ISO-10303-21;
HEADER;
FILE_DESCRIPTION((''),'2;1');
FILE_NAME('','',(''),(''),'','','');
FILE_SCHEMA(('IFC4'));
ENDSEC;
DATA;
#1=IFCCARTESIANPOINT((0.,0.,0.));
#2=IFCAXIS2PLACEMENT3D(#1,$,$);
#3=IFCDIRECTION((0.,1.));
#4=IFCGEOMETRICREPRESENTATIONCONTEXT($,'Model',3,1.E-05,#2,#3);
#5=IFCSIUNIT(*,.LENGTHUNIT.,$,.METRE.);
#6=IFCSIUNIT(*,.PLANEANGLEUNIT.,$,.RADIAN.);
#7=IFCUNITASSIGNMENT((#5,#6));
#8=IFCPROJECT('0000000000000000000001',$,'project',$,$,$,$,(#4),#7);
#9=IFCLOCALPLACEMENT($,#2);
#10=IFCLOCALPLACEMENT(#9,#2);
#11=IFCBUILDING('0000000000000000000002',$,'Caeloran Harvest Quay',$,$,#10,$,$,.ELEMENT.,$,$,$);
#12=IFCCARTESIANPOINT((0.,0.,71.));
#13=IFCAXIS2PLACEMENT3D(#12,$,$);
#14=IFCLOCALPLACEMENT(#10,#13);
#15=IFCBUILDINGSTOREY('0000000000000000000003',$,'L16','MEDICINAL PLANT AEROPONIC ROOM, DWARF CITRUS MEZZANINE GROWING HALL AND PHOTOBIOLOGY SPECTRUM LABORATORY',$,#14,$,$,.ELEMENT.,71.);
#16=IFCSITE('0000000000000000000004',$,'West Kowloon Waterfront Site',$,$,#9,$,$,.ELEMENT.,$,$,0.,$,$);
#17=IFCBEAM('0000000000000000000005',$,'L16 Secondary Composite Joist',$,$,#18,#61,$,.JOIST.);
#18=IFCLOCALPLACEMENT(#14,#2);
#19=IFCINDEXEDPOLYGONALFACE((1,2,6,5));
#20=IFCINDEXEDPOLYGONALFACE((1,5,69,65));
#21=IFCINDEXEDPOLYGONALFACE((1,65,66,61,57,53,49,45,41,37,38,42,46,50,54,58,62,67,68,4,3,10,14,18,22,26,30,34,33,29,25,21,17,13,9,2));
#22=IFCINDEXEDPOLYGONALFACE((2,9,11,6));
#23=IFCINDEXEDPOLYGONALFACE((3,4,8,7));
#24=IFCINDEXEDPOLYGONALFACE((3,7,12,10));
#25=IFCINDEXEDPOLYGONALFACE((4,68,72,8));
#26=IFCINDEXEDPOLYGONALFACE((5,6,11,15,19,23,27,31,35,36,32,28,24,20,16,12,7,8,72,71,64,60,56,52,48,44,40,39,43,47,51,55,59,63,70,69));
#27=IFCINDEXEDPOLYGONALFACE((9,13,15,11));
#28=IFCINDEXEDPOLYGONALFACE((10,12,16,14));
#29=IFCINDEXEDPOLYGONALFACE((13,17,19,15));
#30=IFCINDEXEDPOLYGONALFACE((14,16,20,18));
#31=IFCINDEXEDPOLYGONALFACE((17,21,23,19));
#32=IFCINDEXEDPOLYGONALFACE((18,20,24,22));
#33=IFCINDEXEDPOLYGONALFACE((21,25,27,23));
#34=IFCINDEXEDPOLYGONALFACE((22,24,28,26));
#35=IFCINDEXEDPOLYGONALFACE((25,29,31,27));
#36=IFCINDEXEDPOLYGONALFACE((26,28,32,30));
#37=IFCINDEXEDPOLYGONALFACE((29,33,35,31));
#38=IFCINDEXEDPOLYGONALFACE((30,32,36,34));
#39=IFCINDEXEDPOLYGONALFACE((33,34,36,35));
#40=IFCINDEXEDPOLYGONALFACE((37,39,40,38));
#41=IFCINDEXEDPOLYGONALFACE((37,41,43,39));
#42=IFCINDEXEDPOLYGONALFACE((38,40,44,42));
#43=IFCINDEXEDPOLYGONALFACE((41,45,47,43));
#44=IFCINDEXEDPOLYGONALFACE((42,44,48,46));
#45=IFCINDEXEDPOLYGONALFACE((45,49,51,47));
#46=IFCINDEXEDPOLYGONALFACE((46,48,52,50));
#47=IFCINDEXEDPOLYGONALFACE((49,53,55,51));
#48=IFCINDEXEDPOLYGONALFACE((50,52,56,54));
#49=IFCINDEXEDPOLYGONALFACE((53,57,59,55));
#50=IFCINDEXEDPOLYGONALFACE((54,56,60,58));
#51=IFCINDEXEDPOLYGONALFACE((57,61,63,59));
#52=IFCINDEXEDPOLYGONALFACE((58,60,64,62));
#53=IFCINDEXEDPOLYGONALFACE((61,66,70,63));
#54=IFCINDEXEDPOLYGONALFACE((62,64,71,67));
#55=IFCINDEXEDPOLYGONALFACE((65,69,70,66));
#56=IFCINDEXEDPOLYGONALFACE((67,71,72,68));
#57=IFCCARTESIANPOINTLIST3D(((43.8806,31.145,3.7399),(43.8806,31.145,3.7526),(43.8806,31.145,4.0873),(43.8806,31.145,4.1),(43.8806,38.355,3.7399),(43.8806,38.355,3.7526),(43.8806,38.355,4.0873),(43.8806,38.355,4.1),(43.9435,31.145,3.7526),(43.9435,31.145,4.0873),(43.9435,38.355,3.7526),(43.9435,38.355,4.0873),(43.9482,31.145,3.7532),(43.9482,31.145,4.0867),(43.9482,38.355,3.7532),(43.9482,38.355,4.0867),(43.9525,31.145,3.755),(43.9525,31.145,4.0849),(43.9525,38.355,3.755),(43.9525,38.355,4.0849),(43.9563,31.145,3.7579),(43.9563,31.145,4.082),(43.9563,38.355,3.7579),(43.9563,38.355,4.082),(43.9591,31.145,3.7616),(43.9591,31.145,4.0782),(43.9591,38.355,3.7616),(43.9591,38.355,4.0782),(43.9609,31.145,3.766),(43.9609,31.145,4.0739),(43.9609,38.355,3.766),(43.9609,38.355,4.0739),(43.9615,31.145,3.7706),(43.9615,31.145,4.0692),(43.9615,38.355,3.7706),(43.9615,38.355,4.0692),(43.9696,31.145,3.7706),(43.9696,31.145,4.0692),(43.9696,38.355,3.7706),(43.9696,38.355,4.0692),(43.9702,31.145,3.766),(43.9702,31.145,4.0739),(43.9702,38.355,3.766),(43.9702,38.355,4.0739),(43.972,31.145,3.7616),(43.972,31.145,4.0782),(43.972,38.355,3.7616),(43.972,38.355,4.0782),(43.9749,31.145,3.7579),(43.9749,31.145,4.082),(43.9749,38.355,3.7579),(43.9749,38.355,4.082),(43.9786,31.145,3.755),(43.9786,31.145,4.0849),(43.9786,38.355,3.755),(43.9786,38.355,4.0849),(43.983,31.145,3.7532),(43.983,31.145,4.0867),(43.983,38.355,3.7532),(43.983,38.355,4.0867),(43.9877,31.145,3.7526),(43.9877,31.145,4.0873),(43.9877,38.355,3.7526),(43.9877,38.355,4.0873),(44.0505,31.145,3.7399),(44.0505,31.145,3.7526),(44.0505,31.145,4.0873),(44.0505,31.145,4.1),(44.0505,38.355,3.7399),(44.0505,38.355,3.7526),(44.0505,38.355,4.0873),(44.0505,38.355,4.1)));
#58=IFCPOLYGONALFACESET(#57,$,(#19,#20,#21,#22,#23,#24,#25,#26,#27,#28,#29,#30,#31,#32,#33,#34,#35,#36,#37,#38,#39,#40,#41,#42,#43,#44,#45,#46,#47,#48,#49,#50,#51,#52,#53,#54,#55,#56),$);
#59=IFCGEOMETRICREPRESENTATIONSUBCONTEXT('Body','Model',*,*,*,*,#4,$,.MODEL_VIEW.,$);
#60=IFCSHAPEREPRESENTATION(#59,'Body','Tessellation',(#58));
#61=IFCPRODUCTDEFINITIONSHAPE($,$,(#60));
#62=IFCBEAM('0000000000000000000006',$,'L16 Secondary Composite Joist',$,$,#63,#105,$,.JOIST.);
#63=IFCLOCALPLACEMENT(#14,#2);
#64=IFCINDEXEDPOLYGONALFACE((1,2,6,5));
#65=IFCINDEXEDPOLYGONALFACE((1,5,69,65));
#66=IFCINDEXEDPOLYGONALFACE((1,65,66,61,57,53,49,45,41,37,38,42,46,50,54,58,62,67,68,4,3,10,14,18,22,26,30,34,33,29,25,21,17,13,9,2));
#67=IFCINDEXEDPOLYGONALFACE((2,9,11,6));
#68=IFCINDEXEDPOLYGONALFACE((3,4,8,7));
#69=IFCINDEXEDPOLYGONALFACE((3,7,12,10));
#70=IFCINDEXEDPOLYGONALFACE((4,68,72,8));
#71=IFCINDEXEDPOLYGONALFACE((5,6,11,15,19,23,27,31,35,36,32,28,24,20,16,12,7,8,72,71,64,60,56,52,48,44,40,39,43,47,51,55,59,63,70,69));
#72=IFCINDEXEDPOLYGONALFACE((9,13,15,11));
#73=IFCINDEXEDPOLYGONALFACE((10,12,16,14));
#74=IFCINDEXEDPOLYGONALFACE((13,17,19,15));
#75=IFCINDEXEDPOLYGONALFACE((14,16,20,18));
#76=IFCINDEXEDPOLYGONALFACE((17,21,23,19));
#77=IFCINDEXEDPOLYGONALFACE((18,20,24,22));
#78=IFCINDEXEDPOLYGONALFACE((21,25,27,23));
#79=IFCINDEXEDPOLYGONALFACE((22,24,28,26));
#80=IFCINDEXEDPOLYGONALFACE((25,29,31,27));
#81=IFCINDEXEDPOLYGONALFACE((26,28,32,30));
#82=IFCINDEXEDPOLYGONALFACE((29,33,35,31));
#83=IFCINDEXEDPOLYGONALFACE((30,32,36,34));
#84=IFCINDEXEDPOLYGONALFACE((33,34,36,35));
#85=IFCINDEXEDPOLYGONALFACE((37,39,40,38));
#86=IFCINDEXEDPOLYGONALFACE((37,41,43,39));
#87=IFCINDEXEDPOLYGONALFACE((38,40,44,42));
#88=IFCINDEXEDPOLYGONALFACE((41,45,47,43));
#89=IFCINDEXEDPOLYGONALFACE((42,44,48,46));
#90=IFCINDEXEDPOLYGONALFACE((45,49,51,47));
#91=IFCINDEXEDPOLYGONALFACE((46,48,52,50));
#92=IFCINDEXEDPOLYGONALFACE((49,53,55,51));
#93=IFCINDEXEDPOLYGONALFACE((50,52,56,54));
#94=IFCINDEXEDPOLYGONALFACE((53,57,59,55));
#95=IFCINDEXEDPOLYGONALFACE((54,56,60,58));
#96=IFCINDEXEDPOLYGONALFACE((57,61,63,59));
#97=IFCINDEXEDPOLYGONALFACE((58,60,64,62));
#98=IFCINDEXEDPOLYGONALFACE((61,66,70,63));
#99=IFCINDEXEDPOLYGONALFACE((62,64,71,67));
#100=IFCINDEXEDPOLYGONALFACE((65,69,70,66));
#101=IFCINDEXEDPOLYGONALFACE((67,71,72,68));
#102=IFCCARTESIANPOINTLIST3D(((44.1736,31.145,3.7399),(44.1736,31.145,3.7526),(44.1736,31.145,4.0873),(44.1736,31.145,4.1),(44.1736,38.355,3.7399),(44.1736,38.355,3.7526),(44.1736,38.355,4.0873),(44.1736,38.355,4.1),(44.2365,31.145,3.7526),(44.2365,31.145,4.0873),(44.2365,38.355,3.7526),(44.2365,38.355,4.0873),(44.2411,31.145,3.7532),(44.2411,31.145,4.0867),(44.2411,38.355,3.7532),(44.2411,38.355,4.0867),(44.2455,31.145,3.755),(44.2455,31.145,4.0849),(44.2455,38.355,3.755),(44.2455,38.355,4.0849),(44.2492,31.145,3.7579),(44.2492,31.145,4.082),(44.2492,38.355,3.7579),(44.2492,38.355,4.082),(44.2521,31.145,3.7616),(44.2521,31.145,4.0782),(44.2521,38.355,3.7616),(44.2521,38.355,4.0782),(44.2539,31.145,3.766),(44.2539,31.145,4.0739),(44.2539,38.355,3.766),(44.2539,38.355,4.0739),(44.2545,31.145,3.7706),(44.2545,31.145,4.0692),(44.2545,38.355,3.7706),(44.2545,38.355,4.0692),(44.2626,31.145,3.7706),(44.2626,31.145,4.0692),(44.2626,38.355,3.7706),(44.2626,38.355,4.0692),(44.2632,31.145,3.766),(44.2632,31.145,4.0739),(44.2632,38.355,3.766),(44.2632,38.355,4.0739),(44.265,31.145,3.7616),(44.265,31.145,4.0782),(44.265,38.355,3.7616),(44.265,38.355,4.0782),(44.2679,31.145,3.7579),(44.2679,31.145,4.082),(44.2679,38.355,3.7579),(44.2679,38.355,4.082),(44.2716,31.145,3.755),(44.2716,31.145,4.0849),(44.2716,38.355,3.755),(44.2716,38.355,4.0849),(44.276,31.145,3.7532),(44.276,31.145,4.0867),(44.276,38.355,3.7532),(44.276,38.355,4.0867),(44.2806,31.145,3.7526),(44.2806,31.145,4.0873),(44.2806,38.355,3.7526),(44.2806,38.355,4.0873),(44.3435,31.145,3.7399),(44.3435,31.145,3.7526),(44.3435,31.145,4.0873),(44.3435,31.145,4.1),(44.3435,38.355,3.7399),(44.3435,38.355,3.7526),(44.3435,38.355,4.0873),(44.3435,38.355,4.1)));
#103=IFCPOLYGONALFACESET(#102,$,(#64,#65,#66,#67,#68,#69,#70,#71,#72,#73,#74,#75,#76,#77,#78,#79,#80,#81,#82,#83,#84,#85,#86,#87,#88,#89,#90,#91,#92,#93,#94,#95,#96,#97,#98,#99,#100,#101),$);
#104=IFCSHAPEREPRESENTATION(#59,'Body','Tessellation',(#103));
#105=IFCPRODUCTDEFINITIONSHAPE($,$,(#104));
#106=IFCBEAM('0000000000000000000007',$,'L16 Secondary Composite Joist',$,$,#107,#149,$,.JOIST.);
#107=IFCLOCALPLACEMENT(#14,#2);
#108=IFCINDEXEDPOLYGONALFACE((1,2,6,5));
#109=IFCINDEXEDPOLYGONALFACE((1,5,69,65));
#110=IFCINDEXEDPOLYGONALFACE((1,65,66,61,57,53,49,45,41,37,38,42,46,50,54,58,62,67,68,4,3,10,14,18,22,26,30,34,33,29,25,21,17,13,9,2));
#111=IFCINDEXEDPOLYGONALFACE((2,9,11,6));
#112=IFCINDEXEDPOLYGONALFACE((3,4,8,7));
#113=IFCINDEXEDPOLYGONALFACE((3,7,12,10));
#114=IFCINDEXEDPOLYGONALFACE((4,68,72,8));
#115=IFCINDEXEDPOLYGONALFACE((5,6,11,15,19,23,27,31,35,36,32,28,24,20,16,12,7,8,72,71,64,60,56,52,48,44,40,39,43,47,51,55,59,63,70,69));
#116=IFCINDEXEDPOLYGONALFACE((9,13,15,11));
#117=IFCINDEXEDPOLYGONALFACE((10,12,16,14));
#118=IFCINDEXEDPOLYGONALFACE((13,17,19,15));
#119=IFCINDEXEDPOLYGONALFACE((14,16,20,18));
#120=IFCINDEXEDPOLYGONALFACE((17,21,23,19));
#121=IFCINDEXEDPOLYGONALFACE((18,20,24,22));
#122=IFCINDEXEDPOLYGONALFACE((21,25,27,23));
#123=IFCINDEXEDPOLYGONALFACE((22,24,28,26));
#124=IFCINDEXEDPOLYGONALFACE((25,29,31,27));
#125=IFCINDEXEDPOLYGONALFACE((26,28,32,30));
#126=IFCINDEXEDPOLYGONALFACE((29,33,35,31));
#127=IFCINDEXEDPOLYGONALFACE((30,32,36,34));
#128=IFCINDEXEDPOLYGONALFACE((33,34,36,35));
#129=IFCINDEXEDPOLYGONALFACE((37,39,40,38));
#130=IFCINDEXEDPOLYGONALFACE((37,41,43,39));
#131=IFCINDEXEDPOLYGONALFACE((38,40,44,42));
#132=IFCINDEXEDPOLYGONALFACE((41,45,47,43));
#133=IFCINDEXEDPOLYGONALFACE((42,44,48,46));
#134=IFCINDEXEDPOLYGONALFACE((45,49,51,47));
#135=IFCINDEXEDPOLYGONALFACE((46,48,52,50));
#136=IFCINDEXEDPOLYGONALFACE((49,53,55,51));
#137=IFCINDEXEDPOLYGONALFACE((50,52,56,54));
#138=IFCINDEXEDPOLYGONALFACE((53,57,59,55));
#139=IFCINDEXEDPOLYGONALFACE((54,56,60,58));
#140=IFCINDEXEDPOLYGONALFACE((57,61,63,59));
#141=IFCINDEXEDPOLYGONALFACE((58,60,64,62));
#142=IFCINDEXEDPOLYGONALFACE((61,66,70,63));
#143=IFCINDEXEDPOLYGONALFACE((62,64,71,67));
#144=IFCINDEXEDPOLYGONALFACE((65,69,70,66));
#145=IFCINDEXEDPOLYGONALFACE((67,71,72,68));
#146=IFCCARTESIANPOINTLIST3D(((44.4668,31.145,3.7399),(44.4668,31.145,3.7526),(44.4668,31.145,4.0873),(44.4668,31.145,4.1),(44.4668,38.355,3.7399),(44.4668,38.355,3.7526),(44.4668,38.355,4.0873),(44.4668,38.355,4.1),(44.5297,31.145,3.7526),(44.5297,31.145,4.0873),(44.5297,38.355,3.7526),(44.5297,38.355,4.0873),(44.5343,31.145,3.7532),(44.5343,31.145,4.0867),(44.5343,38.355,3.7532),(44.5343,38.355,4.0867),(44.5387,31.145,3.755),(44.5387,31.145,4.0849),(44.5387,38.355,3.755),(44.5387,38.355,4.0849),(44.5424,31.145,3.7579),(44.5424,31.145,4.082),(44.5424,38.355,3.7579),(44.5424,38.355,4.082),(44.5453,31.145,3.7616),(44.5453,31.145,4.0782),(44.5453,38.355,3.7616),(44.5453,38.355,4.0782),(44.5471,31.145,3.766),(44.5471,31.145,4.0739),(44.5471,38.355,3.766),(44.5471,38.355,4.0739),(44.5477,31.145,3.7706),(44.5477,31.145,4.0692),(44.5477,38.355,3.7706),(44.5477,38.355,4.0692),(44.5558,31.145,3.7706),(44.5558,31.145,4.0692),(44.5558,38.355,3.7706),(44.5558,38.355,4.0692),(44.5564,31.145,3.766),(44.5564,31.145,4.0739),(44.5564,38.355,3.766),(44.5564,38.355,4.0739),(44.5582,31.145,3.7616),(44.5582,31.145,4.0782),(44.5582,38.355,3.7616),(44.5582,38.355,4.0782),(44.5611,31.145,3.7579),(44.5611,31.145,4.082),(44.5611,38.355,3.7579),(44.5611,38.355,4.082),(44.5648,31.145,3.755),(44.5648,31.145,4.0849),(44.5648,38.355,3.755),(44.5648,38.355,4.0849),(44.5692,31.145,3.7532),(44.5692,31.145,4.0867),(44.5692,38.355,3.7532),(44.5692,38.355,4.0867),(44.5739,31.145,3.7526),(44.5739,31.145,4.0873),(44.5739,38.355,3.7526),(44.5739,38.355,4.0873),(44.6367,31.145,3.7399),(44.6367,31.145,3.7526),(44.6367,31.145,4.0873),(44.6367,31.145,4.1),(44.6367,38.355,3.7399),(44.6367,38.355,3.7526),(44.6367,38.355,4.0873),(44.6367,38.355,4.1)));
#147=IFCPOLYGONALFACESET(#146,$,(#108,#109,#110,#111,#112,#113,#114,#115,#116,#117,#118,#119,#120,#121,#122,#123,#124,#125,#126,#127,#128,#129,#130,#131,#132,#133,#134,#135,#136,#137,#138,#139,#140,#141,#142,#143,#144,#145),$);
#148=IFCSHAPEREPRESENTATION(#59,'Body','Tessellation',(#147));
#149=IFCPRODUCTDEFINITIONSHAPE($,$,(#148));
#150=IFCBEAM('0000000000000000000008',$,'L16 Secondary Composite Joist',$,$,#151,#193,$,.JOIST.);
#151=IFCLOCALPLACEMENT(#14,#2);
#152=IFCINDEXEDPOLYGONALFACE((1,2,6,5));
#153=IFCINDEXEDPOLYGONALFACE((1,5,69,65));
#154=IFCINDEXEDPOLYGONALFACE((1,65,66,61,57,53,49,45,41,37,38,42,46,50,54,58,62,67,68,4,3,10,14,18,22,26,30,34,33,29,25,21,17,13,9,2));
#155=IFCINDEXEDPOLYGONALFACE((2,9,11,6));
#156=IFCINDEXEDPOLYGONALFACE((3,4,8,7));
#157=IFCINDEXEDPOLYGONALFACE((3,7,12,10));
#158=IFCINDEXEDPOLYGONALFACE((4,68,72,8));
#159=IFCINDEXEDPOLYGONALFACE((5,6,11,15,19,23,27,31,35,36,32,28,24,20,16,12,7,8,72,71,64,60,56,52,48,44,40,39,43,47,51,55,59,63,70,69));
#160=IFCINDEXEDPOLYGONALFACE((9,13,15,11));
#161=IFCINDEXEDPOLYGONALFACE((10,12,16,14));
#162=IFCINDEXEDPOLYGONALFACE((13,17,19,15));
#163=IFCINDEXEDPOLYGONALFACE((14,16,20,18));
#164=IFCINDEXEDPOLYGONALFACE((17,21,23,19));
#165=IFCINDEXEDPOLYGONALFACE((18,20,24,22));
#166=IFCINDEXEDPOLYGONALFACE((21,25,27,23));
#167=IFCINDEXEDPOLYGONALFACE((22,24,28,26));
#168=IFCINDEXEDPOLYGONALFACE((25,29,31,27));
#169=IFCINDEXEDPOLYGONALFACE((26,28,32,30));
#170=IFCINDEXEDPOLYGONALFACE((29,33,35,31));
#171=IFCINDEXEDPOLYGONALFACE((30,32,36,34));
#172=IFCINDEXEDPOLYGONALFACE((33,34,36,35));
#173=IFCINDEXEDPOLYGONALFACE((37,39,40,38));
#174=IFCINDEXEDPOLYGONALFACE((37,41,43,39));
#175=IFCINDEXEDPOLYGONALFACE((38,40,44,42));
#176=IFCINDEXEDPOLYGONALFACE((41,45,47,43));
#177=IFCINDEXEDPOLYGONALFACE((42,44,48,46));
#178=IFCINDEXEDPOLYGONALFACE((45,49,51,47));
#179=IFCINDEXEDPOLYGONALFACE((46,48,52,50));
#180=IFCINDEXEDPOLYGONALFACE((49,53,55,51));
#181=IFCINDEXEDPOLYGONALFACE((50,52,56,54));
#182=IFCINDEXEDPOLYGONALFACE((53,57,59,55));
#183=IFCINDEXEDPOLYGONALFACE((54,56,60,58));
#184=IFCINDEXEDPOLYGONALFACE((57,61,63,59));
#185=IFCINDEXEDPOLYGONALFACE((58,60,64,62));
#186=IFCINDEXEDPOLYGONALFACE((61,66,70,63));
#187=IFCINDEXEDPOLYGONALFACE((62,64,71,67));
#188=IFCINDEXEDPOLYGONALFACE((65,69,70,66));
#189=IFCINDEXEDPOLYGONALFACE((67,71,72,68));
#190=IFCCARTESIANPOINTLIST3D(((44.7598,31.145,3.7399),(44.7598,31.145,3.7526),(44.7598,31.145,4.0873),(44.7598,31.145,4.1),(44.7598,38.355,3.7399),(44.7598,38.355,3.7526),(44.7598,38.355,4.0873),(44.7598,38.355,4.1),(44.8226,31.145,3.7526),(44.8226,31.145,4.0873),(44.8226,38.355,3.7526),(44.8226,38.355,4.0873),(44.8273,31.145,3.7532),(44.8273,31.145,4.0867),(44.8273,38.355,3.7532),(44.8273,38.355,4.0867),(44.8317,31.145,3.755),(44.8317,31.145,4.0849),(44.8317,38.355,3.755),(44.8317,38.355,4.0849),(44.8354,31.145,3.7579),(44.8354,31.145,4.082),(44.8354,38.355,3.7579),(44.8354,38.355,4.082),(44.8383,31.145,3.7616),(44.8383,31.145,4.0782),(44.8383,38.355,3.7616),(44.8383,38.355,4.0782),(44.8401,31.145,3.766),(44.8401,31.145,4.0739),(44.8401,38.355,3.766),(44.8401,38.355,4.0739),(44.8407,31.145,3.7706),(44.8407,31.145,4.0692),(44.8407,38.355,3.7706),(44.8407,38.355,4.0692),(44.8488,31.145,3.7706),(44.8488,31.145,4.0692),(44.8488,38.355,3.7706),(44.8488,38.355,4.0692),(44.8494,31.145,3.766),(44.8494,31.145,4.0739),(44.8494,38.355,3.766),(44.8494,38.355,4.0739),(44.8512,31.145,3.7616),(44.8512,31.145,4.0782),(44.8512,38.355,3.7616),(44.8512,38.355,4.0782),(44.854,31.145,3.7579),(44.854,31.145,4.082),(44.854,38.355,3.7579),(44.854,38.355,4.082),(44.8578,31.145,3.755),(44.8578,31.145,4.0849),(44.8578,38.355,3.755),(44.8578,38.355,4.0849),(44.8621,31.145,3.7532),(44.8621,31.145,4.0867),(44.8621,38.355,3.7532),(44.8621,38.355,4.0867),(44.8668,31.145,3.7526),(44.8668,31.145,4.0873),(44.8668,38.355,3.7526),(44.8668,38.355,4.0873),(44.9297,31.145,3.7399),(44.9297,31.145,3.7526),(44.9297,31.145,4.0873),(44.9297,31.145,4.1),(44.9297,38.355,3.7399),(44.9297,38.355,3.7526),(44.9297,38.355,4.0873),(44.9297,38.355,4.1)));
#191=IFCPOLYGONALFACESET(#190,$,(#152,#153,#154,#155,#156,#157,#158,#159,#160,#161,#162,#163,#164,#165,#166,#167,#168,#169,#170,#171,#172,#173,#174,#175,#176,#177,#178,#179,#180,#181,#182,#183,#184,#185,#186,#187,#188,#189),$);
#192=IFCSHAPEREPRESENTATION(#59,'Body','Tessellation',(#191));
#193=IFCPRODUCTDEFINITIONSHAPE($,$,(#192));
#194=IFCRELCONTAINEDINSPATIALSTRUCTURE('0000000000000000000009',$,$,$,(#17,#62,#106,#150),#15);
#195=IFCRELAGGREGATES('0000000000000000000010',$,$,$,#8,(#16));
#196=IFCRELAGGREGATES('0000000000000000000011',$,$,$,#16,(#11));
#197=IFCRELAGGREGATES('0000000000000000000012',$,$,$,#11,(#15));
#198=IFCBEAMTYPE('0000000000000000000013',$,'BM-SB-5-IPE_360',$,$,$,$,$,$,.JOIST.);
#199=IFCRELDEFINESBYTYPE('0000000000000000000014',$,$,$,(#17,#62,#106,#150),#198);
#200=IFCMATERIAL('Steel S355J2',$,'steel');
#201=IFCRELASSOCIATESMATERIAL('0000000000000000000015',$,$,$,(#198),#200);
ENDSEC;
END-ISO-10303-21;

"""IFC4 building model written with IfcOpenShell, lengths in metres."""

from ifc_helpers import new_model, si_unit, direction, frame, origin, origin_2d, place, context, subcontext, project, spatial, i_section, extrude, material, material_profile, profile_set, type_object, element, save


model = new_model("IFC4")

# Units and contexts
model_context = context("Model", 3, precision=1e-05, world=origin(), true_north=direction((0.0, 1.0)))
body_context = subcontext(model_context, "Body", "Model", "MODEL_VIEW")
ifc_project = project(units=[si_unit("LENGTHUNIT", "METRE"), si_unit("PLANEANGLEUNIT", "RADIAN")], contexts=[model_context])

# Site, building, storey
site_placement = place(None, origin())
site = spatial("IfcSite", under=ifc_project, at=site_placement, Name="West Kowloon Waterfront Site", CompositionType="ELEMENT", RefElevation=0.0)
building_placement = place(site_placement, origin())
building = spatial("IfcBuilding", under=site, at=building_placement, Name="Caeloran Harvest Quay", CompositionType="ELEMENT")
storey_placement = place(building_placement, frame((0.0, 0.0, 71.0)))
storey = spatial("IfcBuildingStorey", under=building, at=storey_placement, Name="L16", Description="MEDICINAL PLANT AEROPONIC ROOM, DWARF CITRUS MEZZANINE GROWING HALL AND PHOTOBIOLOGY SPECTRUM LABORATORY", CompositionType="ELEMENT", Elevation=71.0)

# Beams
ifc_material_1 = material(Name="Steel S355J2", Category="steel")
ifc_material_profile_1 = material_profile(ifc_material_1, i_section(OverallWidth=0.1699, OverallDepth=0.3601, WebThickness=0.0081, FlangeThickness=0.0127, FilletRadius=0.0181, at=origin_2d()), Name="IPE 360")
ifc_profile_set_1 = profile_set([ifc_material_profile_1], Name="Steel S355J2")
beam_type_1 = type_object("IfcBeamType", Name="BM-SB-5-IPE_360", PredefinedType="JOIST", material=ifc_profile_set_1)
for number, where, z_axis, x_axis, name in (
    (1, (43.9656, 31.145, 3.9199), (0.0, 1.0, 0.0), (-1.0, 0.0, 0.0), "L16 Secondary Composite Joist"),
    (2, (44.2585, 31.145, 3.9199), (0.0, 1.0, 0.0), (-1.0, 0.0, 0.0), "L16 Secondary Composite Joist"),
    (3, (44.5518, 31.145, 3.9199), (0.0, 1.0, 0.0), (-1.0, 0.0, 0.0), "L16 Secondary Composite Joist"),
    (4, (44.8447, 31.145, 3.9199), (0.0, 1.0, 0.0), (-1.0, 0.0, 0.0), "L16 Secondary Composite Joist"),
):
    element("IfcBeam", number, at=place(storey_placement, frame(where, z_axis=z_axis, x_axis=x_axis)), inside=storey, type_object=beam_type_1, Name=name, PredefinedType="JOIST", context=body_context, shape_type="SweptSolid", body=[
        extrude(i_section(OverallWidth=0.1699, OverallDepth=0.3601, WebThickness=0.0081, FlangeThickness=0.0127, FilletRadius=0.0181, at=origin_2d()), origin(), (0.0, 0.0, 1.0), 7.21),
    ])

save(model, "model.ifc")
